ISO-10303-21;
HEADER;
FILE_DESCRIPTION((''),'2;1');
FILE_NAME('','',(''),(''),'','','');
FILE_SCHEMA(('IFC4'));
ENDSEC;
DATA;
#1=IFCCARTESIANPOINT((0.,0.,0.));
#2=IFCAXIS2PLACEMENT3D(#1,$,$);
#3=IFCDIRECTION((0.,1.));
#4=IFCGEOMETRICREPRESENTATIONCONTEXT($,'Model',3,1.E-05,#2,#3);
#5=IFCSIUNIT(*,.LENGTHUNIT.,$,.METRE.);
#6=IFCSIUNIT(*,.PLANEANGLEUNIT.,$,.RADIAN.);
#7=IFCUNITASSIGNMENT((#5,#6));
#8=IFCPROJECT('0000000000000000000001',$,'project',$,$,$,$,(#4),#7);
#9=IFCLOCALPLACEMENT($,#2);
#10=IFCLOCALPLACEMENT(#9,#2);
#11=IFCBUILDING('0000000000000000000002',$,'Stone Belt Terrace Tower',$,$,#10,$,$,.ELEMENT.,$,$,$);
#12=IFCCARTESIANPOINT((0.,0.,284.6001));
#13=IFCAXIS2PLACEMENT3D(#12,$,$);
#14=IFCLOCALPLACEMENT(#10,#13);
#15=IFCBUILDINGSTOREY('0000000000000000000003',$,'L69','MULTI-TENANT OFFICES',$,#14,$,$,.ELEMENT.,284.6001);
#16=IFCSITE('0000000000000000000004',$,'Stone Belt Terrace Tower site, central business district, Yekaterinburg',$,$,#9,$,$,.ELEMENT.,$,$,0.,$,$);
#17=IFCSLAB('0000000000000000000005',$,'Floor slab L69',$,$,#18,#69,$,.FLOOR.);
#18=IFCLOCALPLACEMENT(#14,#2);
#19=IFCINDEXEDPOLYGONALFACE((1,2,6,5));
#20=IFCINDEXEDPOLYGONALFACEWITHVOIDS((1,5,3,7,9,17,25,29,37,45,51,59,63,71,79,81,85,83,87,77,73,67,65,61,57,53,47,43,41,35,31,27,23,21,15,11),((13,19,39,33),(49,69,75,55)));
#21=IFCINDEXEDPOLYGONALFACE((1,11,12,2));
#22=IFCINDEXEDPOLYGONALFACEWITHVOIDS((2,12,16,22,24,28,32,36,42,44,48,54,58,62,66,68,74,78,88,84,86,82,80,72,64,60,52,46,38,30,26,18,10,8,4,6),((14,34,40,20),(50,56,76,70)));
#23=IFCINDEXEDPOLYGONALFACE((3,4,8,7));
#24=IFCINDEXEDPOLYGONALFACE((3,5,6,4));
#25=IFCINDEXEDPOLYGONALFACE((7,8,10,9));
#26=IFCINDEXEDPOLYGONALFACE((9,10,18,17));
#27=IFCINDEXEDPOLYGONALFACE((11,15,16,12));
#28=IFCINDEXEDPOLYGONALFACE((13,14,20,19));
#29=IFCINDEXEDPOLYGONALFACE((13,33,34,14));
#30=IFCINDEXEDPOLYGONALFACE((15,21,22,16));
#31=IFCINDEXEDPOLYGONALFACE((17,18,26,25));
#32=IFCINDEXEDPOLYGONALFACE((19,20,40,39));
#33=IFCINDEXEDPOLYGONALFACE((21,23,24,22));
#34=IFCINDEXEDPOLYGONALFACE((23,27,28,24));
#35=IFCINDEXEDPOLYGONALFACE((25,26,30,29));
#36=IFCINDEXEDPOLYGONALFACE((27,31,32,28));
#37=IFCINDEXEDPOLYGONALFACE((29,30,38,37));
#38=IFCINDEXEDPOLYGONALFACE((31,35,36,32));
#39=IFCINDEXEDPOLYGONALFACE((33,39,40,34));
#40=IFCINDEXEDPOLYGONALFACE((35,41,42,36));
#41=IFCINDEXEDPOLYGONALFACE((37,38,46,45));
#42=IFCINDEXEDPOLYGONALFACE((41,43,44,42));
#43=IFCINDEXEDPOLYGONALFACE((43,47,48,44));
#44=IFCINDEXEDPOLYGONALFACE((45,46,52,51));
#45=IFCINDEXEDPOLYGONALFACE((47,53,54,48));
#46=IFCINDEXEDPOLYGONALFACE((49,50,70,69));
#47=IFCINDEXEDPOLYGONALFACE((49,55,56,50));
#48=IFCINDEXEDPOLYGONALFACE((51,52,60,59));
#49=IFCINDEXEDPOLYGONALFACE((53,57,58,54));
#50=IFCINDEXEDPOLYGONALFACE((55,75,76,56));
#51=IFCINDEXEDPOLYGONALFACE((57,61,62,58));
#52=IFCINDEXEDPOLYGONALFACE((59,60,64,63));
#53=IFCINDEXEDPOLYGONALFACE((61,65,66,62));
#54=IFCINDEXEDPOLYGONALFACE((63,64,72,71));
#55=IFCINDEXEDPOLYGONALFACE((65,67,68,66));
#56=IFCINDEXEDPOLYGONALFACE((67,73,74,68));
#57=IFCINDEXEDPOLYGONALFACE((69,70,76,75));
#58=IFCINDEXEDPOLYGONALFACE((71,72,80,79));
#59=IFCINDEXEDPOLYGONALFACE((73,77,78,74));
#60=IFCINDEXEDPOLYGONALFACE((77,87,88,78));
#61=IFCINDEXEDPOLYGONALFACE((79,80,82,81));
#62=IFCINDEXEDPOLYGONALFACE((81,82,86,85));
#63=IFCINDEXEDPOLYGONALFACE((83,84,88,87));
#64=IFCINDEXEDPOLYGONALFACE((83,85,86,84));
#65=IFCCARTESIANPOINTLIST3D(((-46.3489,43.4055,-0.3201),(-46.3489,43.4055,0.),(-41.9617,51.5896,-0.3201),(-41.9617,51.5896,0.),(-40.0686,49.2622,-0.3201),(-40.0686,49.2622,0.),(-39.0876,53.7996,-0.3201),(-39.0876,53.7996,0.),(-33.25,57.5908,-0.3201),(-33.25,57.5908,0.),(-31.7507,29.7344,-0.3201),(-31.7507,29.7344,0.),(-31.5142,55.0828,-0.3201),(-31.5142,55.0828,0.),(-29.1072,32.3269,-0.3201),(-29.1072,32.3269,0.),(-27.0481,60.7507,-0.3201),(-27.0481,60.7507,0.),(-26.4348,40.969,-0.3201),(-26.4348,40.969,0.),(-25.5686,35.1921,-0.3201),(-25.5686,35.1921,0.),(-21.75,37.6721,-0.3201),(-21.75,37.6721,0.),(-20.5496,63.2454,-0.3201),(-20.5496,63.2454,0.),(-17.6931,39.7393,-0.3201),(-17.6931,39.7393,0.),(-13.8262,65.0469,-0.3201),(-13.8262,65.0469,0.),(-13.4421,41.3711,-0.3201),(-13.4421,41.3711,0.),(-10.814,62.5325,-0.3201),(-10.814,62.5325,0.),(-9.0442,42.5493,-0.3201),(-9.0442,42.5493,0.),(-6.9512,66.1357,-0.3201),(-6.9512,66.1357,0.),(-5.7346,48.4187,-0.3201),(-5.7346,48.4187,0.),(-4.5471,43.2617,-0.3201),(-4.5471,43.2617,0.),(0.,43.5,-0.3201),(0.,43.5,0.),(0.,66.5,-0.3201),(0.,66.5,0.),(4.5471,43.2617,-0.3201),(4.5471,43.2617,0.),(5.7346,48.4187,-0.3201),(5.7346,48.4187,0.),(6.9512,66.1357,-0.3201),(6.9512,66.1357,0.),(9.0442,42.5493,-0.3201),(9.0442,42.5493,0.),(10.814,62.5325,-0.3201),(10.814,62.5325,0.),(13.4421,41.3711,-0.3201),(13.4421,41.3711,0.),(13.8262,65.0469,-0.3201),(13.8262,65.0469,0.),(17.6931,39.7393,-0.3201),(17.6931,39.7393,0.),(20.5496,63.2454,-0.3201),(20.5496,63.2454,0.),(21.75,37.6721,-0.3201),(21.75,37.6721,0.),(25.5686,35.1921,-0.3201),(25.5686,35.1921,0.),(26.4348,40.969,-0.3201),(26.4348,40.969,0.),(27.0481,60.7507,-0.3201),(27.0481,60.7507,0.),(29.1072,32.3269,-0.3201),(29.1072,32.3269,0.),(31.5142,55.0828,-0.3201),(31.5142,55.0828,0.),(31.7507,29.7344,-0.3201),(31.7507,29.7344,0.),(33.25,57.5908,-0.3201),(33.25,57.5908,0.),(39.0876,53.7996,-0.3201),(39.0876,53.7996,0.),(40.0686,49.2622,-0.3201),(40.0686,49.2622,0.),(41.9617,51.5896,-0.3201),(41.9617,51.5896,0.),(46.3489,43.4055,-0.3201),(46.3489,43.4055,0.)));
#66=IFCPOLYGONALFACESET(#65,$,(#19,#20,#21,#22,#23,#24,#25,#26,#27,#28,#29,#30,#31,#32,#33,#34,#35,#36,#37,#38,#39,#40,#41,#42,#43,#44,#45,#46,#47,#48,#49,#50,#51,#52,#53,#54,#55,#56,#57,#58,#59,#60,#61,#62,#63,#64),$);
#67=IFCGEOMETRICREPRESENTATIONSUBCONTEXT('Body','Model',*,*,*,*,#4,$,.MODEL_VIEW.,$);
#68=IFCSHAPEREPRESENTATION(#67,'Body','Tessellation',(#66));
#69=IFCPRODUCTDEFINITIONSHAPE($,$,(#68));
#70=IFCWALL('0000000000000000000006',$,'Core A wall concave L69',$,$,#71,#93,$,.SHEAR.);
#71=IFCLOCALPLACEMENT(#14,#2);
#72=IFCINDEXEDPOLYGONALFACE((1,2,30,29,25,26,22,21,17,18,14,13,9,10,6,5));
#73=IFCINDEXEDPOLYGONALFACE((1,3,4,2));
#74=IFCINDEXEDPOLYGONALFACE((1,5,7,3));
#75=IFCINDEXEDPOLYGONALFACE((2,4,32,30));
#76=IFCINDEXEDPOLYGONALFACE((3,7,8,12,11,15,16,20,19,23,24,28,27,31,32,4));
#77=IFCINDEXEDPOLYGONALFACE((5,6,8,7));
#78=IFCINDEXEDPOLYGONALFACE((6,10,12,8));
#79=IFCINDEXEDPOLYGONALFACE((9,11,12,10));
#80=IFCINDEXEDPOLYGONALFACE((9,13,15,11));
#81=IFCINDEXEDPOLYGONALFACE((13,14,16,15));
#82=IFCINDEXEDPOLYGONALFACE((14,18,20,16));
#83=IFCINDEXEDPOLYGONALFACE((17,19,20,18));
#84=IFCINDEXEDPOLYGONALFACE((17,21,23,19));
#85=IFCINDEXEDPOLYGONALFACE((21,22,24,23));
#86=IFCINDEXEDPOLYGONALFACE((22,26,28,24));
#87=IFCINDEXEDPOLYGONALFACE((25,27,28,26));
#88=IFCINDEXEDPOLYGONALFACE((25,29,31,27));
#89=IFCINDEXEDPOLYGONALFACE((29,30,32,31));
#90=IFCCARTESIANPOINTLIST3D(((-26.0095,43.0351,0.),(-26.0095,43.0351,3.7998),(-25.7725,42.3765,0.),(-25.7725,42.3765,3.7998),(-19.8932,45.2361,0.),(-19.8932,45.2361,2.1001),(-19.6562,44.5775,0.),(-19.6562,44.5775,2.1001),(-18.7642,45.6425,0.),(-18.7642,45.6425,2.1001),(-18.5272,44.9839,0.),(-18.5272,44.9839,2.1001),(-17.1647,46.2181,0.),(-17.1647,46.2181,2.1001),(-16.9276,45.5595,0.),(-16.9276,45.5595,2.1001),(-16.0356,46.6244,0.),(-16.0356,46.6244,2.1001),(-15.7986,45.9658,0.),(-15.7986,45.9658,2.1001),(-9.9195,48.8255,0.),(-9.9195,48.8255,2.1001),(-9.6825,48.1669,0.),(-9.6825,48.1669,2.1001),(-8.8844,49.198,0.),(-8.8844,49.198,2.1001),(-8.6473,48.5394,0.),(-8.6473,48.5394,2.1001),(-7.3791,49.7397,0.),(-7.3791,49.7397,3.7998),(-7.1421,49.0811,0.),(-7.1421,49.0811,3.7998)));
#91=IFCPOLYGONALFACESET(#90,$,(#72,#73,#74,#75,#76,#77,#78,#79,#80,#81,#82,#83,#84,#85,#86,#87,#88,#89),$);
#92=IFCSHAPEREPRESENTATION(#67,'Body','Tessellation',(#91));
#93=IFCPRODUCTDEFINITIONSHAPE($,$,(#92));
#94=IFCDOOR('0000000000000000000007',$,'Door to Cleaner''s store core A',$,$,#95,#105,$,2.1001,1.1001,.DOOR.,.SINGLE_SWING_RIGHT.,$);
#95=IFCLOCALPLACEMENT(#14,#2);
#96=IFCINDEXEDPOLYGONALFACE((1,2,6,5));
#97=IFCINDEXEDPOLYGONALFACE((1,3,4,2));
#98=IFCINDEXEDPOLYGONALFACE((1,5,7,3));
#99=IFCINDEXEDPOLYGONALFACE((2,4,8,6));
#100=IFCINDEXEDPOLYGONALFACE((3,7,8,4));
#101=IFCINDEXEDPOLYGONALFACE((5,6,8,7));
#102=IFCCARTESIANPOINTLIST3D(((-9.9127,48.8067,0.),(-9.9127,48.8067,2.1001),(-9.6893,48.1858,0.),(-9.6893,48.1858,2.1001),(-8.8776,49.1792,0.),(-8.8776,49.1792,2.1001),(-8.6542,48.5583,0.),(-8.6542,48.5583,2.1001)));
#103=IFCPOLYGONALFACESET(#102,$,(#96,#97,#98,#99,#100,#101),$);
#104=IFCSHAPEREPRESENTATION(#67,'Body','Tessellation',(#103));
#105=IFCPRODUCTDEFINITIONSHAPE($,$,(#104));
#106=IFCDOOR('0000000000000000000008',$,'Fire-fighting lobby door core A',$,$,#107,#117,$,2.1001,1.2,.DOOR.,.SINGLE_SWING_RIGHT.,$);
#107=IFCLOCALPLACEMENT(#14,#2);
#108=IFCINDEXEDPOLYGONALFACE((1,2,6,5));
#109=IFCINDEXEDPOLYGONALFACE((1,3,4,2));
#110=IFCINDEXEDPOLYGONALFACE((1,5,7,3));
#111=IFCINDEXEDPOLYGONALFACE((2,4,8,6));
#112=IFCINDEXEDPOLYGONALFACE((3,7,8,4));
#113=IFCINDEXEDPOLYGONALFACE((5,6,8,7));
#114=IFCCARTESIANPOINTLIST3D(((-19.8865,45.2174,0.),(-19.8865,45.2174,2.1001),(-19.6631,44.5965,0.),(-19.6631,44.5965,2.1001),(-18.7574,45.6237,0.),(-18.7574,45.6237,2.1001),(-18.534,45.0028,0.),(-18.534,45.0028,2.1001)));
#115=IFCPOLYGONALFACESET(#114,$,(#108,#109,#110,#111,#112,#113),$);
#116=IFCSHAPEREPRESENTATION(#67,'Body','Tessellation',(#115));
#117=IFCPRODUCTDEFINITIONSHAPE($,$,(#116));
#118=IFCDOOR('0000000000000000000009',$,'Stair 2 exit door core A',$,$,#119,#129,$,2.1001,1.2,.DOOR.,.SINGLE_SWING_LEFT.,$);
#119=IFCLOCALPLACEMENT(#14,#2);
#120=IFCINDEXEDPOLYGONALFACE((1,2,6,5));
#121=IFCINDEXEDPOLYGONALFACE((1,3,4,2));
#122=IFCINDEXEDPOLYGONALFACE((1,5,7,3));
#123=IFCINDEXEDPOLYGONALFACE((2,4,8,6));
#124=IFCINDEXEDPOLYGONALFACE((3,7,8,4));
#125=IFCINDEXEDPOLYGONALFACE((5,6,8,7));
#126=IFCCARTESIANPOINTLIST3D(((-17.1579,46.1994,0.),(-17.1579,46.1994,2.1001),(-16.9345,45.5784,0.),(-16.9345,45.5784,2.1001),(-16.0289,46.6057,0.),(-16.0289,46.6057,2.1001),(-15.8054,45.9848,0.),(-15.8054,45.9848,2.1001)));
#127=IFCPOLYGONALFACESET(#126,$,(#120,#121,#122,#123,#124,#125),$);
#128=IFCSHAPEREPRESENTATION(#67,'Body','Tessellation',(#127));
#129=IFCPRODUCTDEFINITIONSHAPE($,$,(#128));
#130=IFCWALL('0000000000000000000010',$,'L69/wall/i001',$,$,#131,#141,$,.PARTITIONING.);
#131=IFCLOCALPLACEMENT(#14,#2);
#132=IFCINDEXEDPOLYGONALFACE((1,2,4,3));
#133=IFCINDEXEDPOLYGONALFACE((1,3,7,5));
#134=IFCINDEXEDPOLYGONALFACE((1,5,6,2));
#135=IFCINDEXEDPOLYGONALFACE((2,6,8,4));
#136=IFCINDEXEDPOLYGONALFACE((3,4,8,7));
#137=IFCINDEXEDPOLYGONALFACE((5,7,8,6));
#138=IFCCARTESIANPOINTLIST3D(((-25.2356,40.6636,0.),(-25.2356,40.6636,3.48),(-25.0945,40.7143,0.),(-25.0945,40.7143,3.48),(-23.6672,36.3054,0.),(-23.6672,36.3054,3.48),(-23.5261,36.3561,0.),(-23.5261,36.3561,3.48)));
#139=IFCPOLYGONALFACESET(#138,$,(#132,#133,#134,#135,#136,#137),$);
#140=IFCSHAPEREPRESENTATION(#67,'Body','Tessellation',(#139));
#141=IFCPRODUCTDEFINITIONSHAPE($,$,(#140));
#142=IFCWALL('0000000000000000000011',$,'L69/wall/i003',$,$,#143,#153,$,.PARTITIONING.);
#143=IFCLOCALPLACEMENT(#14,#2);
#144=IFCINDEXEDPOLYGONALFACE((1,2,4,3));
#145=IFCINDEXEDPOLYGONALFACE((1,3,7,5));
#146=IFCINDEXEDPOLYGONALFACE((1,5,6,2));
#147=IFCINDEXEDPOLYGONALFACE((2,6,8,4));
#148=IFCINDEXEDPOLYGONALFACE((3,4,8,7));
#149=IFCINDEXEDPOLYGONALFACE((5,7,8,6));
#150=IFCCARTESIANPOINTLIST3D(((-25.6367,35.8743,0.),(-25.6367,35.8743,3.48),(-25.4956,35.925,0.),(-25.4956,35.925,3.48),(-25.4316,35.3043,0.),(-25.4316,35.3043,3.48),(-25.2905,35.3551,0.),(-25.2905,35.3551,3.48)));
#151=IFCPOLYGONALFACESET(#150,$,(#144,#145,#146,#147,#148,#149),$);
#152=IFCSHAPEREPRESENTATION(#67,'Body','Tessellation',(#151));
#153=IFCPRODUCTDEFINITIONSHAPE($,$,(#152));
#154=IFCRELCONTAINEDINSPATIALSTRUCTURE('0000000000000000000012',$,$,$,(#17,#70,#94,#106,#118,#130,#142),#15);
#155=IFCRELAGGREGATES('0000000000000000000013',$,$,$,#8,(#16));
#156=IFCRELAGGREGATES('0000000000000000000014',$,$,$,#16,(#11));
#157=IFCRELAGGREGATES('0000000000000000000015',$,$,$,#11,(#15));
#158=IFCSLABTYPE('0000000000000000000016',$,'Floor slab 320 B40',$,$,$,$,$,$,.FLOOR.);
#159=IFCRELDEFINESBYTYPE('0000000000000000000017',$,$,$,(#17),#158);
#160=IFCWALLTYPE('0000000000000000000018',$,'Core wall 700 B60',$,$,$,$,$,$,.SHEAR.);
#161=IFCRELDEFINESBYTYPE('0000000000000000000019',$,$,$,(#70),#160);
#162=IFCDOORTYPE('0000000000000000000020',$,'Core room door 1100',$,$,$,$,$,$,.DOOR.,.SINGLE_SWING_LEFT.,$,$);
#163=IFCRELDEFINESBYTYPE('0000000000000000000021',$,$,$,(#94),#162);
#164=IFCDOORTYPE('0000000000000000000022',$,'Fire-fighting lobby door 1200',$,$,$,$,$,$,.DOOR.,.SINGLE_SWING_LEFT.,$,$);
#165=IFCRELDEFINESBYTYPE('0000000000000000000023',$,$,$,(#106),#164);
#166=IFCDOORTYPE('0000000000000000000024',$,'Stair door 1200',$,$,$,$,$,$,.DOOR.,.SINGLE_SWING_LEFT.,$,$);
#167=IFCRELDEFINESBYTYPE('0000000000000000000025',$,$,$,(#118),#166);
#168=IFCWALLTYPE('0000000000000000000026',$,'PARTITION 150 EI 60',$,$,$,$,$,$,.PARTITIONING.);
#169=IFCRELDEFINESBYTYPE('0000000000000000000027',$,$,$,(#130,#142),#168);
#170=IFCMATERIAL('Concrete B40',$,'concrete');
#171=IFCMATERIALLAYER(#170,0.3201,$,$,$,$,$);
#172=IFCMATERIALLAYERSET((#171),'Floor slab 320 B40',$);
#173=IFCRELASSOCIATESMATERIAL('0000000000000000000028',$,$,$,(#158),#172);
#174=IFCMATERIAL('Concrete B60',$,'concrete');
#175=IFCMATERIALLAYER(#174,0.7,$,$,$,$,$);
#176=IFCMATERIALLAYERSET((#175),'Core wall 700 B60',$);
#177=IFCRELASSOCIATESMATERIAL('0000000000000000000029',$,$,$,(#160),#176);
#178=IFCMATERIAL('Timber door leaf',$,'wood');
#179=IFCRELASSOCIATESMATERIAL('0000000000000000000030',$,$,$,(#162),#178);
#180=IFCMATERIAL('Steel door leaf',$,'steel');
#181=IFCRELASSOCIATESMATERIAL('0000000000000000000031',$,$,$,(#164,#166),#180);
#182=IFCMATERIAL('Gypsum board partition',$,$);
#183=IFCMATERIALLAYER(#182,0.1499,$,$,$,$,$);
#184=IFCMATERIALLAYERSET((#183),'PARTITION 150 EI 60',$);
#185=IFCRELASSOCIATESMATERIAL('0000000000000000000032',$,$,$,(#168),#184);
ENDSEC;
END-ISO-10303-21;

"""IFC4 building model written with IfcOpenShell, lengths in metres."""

from ifc_helpers import new_model, si_unit, direction, frame, frame_2d, origin, place, context, subcontext, project, spatial, polyline, rectangle, outline, extrude, material, layer, layer_set, type_object, element, fill, save


model = new_model("IFC4")

# Units and contexts
model_context = context("Model", 3, precision=1e-05, world=origin(), true_north=direction((0.0, 1.0)))
body_context = subcontext(model_context, "Body", "Model", "MODEL_VIEW")
ifc_project = project(units=[si_unit("LENGTHUNIT", "METRE"), si_unit("PLANEANGLEUNIT", "RADIAN")], contexts=[model_context])

# Site, building, storey
site_placement = place(None, origin())
site = spatial("IfcSite", under=ifc_project, at=site_placement, Name="Stone Belt Terrace Tower site, central business district, Yekaterinburg", CompositionType="ELEMENT", RefElevation=0.0)
building_placement = place(site_placement, origin())
building = spatial("IfcBuilding", under=site, at=building_placement, Name="Stone Belt Terrace Tower", CompositionType="ELEMENT")
storey_placement = place(building_placement, frame((0.0, 0.0, 284.6001)))
storey = spatial("IfcBuildingStorey", under=building, at=storey_placement, Name="L69", Description="MULTI-TENANT OFFICES", CompositionType="ELEMENT", Elevation=284.6001)

# Shared definitions
ifc_material_1 = material(Name="Concrete B60", Category="concrete")

# Slab
ifc_material_2 = material(Name="Concrete B40", Category="concrete")
ifc_layer_1 = layer(ifc_material_2, 0.3201)
ifc_layer_set_1 = layer_set([ifc_layer_1], Name="Floor slab 320 B40")
slab_type = type_object("IfcSlabType", Name="Floor slab 320 B40", PredefinedType="FLOOR", material=ifc_layer_set_1)
slab_placement = place(storey_placement, frame((0.0, 0.0, -0.3201)))
element("IfcSlab", 1, at=slab_placement, inside=storey, type_object=slab_type, Name="Floor slab L69", PredefinedType="FLOOR", context=body_context, shape_type="SweptSolid", body=[
    extrude(outline(polyline([(-40.0686, 49.2622), (-41.9617, 51.5896), (-39.0876, 53.7996), (-33.25, 57.5908), (-27.0481, 60.7507), (-20.5496, 63.2454), (-13.8262, 65.0469), (-6.9512, 66.1357), (0.0, 66.5), (6.9512, 66.1357), (13.8262, 65.0469), (20.5496, 63.2454), (27.0481, 60.7507), (33.25, 57.5908), (39.0876, 53.7996), (41.9617, 51.5896), (40.0686, 49.2622), (46.3489, 43.4055), (31.7507, 29.7344), (29.1072, 32.3269), (25.5686, 35.1921), (21.75, 37.6721), (17.6931, 39.7393), (13.4421, 41.3711), (9.0442, 42.5493), (4.5471, 43.2617), (0.0, 43.5), (-4.5471, 43.2617), (-9.0442, 42.5493), (-13.4421, 41.3711), (-17.6931, 39.7393), (-21.75, 37.6721), (-25.5686, 35.1921), (-29.1072, 32.3269), (-31.7507, 29.7344), (-46.3489, 43.4055), (-40.0686, 49.2622)]), holes=[polyline([(-10.814, 62.5325), (-31.5142, 55.0828), (-26.4348, 40.969), (-5.7346, 48.4187), (-10.814, 62.5325)]), polyline([(26.4348, 40.969), (31.5142, 55.0828), (10.814, 62.5325), (5.7346, 48.4187), (26.4348, 40.969)])]), origin(), (0.0, 0.0, 1.0), 0.3201),
])

# Wall, openings, doors
ifc_layer_2 = layer(ifc_material_1, 0.7)
ifc_layer_set_2 = layer_set([ifc_layer_2], Name="Core wall 700 B60")
wall_type_1 = type_object("IfcWallType", Name="Core wall 700 B60", PredefinedType="SHEAR", material=ifc_layer_set_2)
wall_1_placement = place(storey_placement, frame((-25.8909, 42.7058, 0.0), z_axis=(0.0, 0.0, 1.0), x_axis=(0.940925, 0.338615, 0.0)))
wall_1 = element("IfcWall", 2, at=wall_1_placement, inside=storey, type_object=wall_type_1, Name="Core A wall concave L69", PredefinedType="SHEAR", context=body_context, shape_type="SweptSolid", body=[
    extrude(rectangle(XDim=19.8, YDim=0.7, at=frame_2d((9.8999, 0.0))), origin(), (0.0, 0.0, 1.0), 3.7998),
])
opening_1_placement = place(wall_1_placement, frame((6.5, 0.0, 0.0)))
opening_1 = element("IfcOpeningElement", 3, at=opening_1_placement, cuts=wall_1, PredefinedType="OPENING", context=body_context, shape_type="SweptSolid", body=[
    extrude(rectangle(XDim=1.2, YDim=2.1001, at=frame_2d((0.6001, 1.05))), frame((0.0, 0.3599, 0.0), z_axis=(0.0, -1.0, 0.0), x_axis=(1.0, 0.0, 0.0)), (0.0, 0.0, 1.0), 0.72),
])
opening_2_placement = place(wall_1_placement, frame((9.3999, 0.0, 0.0)))
opening_2 = element("IfcOpeningElement", 4, at=opening_2_placement, cuts=wall_1, PredefinedType="OPENING", context=body_context, shape_type="SweptSolid", body=[
    extrude(rectangle(XDim=1.2, YDim=2.1001, at=frame_2d((0.6001, 1.05))), frame((0.0, 0.3599, 0.0), z_axis=(0.0, -1.0, 0.0), x_axis=(1.0, 0.0, 0.0)), (0.0, 0.0, 1.0), 0.72),
])
opening_3_placement = place(wall_1_placement, frame((17.1001, 0.0, 0.0)))
opening_3 = element("IfcOpeningElement", 5, at=opening_3_placement, cuts=wall_1, PredefinedType="OPENING", context=body_context, shape_type="SweptSolid", body=[
    extrude(rectangle(XDim=1.1001, YDim=2.1001, at=frame_2d((0.55, 1.05))), frame((0.0, 0.3599, 0.0), z_axis=(0.0, -1.0, 0.0), x_axis=(1.0, 0.0, 0.0)), (0.0, 0.0, 1.0), 0.72),
])
ifc_material_3 = material(Name="Timber door leaf", Category="wood")
door_type_1 = type_object("IfcDoorType", Name="Core room door 1100", OperationType="SINGLE_SWING_LEFT", PredefinedType="DOOR", material=ifc_material_3)
door_1_placement = place(opening_3_placement, origin())
door_1 = element("IfcDoor", 6, at=door_1_placement, inside=storey, type_object=door_type_1, Name="Door to Cleaner's store core A", OperationType="SINGLE_SWING_RIGHT", OverallHeight=2.1001, OverallWidth=1.1001, PredefinedType="DOOR", context=body_context, shape_type="SweptSolid", body=[
    extrude(rectangle(XDim=1.1001, YDim=2.1001, at=frame_2d((0.55, 1.05))), frame((0.0, 0.3301, 0.0), z_axis=(0.0, -1.0, 0.0), x_axis=(1.0, 0.0, 0.0)), (0.0, 0.0, 1.0), 0.6599),
])
fill(opening_3, door_1)
ifc_material_4 = material(Name="Steel door leaf", Category="steel")
door_type_2 = type_object("IfcDoorType", Name="Fire-fighting lobby door 1200", OperationType="SINGLE_SWING_LEFT", PredefinedType="DOOR", material=ifc_material_4)
door_2_placement = place(opening_1_placement, origin())
door_2 = element("IfcDoor", 7, at=door_2_placement, inside=storey, type_object=door_type_2, Name="Fire-fighting lobby door core A", OperationType="SINGLE_SWING_RIGHT", OverallHeight=2.1001, OverallWidth=1.2, PredefinedType="DOOR", context=body_context, shape_type="SweptSolid", body=[
    extrude(rectangle(XDim=1.2, YDim=2.1001, at=frame_2d((0.6001, 1.05))), frame((0.0, 0.3301, 0.0), z_axis=(0.0, -1.0, 0.0), x_axis=(1.0, 0.0, 0.0)), (0.0, 0.0, 1.0), 0.6599),
])
fill(opening_1, door_2)
door_type_3 = type_object("IfcDoorType", Name="Stair door 1200", OperationType="SINGLE_SWING_LEFT", PredefinedType="DOOR", material=ifc_material_4)
door_3_placement = place(opening_2_placement, origin())
door_3 = element("IfcDoor", 8, at=door_3_placement, inside=storey, type_object=door_type_3, Name="Stair 2 exit door core A", OperationType="SINGLE_SWING_LEFT", OverallHeight=2.1001, OverallWidth=1.2, PredefinedType="DOOR", context=body_context, shape_type="SweptSolid", body=[
    extrude(rectangle(XDim=1.2, YDim=2.1001, at=frame_2d((0.6001, 1.05))), frame((0.0, 0.3301, 0.0), z_axis=(0.0, -1.0, 0.0), x_axis=(1.0, 0.0, 0.0)), (0.0, 0.0, 1.0), 0.6599),
])
fill(opening_2, door_3)

# Walls
ifc_material_5 = material(Name="Gypsum board partition")
ifc_layer_3 = layer(ifc_material_5, 0.1499)
ifc_layer_set_3 = layer_set([ifc_layer_3], Name="PARTITION 150 EI 60")
wall_type_2 = type_object("IfcWallType", Name="PARTITION 150 EI 60", PredefinedType="PARTITIONING", material=ifc_layer_set_3)
wall_2_placement = place(storey_placement, frame((-25.165, 40.689, 0.0), z_axis=(0.0, 0.0, 1.0), x_axis=(0.338609, -0.940927, 0.0)))
element("IfcWall", 9, at=wall_2_placement, inside=storey, type_object=wall_type_2, Name="L69/wall/i001", PredefinedType="PARTITIONING", context=body_context, shape_type="SweptSolid", body=[
    extrude(rectangle(XDim=4.6318, YDim=0.1499, at=frame_2d((2.3159, 0.0))), origin(), (0.0, 0.0, 1.0), 3.48),
])
wall_3_placement = place(storey_placement, frame((-25.3611, 35.3298, 0.0), z_axis=(0.0, 0.0, 1.0), x_axis=(-0.338634, 0.940918, 0.0)))
element("IfcWall", 10, at=wall_3_placement, inside=storey, type_object=wall_type_2, Name="L69/wall/i003", PredefinedType="PARTITIONING", context=body_context, shape_type="SweptSolid", body=[
    extrude(rectangle(XDim=0.6057, YDim=0.1499, at=frame_2d((0.3027, 0.0))), origin(), (0.0, 0.0, 1.0), 3.48),
])

save(model, "model.ifc")
